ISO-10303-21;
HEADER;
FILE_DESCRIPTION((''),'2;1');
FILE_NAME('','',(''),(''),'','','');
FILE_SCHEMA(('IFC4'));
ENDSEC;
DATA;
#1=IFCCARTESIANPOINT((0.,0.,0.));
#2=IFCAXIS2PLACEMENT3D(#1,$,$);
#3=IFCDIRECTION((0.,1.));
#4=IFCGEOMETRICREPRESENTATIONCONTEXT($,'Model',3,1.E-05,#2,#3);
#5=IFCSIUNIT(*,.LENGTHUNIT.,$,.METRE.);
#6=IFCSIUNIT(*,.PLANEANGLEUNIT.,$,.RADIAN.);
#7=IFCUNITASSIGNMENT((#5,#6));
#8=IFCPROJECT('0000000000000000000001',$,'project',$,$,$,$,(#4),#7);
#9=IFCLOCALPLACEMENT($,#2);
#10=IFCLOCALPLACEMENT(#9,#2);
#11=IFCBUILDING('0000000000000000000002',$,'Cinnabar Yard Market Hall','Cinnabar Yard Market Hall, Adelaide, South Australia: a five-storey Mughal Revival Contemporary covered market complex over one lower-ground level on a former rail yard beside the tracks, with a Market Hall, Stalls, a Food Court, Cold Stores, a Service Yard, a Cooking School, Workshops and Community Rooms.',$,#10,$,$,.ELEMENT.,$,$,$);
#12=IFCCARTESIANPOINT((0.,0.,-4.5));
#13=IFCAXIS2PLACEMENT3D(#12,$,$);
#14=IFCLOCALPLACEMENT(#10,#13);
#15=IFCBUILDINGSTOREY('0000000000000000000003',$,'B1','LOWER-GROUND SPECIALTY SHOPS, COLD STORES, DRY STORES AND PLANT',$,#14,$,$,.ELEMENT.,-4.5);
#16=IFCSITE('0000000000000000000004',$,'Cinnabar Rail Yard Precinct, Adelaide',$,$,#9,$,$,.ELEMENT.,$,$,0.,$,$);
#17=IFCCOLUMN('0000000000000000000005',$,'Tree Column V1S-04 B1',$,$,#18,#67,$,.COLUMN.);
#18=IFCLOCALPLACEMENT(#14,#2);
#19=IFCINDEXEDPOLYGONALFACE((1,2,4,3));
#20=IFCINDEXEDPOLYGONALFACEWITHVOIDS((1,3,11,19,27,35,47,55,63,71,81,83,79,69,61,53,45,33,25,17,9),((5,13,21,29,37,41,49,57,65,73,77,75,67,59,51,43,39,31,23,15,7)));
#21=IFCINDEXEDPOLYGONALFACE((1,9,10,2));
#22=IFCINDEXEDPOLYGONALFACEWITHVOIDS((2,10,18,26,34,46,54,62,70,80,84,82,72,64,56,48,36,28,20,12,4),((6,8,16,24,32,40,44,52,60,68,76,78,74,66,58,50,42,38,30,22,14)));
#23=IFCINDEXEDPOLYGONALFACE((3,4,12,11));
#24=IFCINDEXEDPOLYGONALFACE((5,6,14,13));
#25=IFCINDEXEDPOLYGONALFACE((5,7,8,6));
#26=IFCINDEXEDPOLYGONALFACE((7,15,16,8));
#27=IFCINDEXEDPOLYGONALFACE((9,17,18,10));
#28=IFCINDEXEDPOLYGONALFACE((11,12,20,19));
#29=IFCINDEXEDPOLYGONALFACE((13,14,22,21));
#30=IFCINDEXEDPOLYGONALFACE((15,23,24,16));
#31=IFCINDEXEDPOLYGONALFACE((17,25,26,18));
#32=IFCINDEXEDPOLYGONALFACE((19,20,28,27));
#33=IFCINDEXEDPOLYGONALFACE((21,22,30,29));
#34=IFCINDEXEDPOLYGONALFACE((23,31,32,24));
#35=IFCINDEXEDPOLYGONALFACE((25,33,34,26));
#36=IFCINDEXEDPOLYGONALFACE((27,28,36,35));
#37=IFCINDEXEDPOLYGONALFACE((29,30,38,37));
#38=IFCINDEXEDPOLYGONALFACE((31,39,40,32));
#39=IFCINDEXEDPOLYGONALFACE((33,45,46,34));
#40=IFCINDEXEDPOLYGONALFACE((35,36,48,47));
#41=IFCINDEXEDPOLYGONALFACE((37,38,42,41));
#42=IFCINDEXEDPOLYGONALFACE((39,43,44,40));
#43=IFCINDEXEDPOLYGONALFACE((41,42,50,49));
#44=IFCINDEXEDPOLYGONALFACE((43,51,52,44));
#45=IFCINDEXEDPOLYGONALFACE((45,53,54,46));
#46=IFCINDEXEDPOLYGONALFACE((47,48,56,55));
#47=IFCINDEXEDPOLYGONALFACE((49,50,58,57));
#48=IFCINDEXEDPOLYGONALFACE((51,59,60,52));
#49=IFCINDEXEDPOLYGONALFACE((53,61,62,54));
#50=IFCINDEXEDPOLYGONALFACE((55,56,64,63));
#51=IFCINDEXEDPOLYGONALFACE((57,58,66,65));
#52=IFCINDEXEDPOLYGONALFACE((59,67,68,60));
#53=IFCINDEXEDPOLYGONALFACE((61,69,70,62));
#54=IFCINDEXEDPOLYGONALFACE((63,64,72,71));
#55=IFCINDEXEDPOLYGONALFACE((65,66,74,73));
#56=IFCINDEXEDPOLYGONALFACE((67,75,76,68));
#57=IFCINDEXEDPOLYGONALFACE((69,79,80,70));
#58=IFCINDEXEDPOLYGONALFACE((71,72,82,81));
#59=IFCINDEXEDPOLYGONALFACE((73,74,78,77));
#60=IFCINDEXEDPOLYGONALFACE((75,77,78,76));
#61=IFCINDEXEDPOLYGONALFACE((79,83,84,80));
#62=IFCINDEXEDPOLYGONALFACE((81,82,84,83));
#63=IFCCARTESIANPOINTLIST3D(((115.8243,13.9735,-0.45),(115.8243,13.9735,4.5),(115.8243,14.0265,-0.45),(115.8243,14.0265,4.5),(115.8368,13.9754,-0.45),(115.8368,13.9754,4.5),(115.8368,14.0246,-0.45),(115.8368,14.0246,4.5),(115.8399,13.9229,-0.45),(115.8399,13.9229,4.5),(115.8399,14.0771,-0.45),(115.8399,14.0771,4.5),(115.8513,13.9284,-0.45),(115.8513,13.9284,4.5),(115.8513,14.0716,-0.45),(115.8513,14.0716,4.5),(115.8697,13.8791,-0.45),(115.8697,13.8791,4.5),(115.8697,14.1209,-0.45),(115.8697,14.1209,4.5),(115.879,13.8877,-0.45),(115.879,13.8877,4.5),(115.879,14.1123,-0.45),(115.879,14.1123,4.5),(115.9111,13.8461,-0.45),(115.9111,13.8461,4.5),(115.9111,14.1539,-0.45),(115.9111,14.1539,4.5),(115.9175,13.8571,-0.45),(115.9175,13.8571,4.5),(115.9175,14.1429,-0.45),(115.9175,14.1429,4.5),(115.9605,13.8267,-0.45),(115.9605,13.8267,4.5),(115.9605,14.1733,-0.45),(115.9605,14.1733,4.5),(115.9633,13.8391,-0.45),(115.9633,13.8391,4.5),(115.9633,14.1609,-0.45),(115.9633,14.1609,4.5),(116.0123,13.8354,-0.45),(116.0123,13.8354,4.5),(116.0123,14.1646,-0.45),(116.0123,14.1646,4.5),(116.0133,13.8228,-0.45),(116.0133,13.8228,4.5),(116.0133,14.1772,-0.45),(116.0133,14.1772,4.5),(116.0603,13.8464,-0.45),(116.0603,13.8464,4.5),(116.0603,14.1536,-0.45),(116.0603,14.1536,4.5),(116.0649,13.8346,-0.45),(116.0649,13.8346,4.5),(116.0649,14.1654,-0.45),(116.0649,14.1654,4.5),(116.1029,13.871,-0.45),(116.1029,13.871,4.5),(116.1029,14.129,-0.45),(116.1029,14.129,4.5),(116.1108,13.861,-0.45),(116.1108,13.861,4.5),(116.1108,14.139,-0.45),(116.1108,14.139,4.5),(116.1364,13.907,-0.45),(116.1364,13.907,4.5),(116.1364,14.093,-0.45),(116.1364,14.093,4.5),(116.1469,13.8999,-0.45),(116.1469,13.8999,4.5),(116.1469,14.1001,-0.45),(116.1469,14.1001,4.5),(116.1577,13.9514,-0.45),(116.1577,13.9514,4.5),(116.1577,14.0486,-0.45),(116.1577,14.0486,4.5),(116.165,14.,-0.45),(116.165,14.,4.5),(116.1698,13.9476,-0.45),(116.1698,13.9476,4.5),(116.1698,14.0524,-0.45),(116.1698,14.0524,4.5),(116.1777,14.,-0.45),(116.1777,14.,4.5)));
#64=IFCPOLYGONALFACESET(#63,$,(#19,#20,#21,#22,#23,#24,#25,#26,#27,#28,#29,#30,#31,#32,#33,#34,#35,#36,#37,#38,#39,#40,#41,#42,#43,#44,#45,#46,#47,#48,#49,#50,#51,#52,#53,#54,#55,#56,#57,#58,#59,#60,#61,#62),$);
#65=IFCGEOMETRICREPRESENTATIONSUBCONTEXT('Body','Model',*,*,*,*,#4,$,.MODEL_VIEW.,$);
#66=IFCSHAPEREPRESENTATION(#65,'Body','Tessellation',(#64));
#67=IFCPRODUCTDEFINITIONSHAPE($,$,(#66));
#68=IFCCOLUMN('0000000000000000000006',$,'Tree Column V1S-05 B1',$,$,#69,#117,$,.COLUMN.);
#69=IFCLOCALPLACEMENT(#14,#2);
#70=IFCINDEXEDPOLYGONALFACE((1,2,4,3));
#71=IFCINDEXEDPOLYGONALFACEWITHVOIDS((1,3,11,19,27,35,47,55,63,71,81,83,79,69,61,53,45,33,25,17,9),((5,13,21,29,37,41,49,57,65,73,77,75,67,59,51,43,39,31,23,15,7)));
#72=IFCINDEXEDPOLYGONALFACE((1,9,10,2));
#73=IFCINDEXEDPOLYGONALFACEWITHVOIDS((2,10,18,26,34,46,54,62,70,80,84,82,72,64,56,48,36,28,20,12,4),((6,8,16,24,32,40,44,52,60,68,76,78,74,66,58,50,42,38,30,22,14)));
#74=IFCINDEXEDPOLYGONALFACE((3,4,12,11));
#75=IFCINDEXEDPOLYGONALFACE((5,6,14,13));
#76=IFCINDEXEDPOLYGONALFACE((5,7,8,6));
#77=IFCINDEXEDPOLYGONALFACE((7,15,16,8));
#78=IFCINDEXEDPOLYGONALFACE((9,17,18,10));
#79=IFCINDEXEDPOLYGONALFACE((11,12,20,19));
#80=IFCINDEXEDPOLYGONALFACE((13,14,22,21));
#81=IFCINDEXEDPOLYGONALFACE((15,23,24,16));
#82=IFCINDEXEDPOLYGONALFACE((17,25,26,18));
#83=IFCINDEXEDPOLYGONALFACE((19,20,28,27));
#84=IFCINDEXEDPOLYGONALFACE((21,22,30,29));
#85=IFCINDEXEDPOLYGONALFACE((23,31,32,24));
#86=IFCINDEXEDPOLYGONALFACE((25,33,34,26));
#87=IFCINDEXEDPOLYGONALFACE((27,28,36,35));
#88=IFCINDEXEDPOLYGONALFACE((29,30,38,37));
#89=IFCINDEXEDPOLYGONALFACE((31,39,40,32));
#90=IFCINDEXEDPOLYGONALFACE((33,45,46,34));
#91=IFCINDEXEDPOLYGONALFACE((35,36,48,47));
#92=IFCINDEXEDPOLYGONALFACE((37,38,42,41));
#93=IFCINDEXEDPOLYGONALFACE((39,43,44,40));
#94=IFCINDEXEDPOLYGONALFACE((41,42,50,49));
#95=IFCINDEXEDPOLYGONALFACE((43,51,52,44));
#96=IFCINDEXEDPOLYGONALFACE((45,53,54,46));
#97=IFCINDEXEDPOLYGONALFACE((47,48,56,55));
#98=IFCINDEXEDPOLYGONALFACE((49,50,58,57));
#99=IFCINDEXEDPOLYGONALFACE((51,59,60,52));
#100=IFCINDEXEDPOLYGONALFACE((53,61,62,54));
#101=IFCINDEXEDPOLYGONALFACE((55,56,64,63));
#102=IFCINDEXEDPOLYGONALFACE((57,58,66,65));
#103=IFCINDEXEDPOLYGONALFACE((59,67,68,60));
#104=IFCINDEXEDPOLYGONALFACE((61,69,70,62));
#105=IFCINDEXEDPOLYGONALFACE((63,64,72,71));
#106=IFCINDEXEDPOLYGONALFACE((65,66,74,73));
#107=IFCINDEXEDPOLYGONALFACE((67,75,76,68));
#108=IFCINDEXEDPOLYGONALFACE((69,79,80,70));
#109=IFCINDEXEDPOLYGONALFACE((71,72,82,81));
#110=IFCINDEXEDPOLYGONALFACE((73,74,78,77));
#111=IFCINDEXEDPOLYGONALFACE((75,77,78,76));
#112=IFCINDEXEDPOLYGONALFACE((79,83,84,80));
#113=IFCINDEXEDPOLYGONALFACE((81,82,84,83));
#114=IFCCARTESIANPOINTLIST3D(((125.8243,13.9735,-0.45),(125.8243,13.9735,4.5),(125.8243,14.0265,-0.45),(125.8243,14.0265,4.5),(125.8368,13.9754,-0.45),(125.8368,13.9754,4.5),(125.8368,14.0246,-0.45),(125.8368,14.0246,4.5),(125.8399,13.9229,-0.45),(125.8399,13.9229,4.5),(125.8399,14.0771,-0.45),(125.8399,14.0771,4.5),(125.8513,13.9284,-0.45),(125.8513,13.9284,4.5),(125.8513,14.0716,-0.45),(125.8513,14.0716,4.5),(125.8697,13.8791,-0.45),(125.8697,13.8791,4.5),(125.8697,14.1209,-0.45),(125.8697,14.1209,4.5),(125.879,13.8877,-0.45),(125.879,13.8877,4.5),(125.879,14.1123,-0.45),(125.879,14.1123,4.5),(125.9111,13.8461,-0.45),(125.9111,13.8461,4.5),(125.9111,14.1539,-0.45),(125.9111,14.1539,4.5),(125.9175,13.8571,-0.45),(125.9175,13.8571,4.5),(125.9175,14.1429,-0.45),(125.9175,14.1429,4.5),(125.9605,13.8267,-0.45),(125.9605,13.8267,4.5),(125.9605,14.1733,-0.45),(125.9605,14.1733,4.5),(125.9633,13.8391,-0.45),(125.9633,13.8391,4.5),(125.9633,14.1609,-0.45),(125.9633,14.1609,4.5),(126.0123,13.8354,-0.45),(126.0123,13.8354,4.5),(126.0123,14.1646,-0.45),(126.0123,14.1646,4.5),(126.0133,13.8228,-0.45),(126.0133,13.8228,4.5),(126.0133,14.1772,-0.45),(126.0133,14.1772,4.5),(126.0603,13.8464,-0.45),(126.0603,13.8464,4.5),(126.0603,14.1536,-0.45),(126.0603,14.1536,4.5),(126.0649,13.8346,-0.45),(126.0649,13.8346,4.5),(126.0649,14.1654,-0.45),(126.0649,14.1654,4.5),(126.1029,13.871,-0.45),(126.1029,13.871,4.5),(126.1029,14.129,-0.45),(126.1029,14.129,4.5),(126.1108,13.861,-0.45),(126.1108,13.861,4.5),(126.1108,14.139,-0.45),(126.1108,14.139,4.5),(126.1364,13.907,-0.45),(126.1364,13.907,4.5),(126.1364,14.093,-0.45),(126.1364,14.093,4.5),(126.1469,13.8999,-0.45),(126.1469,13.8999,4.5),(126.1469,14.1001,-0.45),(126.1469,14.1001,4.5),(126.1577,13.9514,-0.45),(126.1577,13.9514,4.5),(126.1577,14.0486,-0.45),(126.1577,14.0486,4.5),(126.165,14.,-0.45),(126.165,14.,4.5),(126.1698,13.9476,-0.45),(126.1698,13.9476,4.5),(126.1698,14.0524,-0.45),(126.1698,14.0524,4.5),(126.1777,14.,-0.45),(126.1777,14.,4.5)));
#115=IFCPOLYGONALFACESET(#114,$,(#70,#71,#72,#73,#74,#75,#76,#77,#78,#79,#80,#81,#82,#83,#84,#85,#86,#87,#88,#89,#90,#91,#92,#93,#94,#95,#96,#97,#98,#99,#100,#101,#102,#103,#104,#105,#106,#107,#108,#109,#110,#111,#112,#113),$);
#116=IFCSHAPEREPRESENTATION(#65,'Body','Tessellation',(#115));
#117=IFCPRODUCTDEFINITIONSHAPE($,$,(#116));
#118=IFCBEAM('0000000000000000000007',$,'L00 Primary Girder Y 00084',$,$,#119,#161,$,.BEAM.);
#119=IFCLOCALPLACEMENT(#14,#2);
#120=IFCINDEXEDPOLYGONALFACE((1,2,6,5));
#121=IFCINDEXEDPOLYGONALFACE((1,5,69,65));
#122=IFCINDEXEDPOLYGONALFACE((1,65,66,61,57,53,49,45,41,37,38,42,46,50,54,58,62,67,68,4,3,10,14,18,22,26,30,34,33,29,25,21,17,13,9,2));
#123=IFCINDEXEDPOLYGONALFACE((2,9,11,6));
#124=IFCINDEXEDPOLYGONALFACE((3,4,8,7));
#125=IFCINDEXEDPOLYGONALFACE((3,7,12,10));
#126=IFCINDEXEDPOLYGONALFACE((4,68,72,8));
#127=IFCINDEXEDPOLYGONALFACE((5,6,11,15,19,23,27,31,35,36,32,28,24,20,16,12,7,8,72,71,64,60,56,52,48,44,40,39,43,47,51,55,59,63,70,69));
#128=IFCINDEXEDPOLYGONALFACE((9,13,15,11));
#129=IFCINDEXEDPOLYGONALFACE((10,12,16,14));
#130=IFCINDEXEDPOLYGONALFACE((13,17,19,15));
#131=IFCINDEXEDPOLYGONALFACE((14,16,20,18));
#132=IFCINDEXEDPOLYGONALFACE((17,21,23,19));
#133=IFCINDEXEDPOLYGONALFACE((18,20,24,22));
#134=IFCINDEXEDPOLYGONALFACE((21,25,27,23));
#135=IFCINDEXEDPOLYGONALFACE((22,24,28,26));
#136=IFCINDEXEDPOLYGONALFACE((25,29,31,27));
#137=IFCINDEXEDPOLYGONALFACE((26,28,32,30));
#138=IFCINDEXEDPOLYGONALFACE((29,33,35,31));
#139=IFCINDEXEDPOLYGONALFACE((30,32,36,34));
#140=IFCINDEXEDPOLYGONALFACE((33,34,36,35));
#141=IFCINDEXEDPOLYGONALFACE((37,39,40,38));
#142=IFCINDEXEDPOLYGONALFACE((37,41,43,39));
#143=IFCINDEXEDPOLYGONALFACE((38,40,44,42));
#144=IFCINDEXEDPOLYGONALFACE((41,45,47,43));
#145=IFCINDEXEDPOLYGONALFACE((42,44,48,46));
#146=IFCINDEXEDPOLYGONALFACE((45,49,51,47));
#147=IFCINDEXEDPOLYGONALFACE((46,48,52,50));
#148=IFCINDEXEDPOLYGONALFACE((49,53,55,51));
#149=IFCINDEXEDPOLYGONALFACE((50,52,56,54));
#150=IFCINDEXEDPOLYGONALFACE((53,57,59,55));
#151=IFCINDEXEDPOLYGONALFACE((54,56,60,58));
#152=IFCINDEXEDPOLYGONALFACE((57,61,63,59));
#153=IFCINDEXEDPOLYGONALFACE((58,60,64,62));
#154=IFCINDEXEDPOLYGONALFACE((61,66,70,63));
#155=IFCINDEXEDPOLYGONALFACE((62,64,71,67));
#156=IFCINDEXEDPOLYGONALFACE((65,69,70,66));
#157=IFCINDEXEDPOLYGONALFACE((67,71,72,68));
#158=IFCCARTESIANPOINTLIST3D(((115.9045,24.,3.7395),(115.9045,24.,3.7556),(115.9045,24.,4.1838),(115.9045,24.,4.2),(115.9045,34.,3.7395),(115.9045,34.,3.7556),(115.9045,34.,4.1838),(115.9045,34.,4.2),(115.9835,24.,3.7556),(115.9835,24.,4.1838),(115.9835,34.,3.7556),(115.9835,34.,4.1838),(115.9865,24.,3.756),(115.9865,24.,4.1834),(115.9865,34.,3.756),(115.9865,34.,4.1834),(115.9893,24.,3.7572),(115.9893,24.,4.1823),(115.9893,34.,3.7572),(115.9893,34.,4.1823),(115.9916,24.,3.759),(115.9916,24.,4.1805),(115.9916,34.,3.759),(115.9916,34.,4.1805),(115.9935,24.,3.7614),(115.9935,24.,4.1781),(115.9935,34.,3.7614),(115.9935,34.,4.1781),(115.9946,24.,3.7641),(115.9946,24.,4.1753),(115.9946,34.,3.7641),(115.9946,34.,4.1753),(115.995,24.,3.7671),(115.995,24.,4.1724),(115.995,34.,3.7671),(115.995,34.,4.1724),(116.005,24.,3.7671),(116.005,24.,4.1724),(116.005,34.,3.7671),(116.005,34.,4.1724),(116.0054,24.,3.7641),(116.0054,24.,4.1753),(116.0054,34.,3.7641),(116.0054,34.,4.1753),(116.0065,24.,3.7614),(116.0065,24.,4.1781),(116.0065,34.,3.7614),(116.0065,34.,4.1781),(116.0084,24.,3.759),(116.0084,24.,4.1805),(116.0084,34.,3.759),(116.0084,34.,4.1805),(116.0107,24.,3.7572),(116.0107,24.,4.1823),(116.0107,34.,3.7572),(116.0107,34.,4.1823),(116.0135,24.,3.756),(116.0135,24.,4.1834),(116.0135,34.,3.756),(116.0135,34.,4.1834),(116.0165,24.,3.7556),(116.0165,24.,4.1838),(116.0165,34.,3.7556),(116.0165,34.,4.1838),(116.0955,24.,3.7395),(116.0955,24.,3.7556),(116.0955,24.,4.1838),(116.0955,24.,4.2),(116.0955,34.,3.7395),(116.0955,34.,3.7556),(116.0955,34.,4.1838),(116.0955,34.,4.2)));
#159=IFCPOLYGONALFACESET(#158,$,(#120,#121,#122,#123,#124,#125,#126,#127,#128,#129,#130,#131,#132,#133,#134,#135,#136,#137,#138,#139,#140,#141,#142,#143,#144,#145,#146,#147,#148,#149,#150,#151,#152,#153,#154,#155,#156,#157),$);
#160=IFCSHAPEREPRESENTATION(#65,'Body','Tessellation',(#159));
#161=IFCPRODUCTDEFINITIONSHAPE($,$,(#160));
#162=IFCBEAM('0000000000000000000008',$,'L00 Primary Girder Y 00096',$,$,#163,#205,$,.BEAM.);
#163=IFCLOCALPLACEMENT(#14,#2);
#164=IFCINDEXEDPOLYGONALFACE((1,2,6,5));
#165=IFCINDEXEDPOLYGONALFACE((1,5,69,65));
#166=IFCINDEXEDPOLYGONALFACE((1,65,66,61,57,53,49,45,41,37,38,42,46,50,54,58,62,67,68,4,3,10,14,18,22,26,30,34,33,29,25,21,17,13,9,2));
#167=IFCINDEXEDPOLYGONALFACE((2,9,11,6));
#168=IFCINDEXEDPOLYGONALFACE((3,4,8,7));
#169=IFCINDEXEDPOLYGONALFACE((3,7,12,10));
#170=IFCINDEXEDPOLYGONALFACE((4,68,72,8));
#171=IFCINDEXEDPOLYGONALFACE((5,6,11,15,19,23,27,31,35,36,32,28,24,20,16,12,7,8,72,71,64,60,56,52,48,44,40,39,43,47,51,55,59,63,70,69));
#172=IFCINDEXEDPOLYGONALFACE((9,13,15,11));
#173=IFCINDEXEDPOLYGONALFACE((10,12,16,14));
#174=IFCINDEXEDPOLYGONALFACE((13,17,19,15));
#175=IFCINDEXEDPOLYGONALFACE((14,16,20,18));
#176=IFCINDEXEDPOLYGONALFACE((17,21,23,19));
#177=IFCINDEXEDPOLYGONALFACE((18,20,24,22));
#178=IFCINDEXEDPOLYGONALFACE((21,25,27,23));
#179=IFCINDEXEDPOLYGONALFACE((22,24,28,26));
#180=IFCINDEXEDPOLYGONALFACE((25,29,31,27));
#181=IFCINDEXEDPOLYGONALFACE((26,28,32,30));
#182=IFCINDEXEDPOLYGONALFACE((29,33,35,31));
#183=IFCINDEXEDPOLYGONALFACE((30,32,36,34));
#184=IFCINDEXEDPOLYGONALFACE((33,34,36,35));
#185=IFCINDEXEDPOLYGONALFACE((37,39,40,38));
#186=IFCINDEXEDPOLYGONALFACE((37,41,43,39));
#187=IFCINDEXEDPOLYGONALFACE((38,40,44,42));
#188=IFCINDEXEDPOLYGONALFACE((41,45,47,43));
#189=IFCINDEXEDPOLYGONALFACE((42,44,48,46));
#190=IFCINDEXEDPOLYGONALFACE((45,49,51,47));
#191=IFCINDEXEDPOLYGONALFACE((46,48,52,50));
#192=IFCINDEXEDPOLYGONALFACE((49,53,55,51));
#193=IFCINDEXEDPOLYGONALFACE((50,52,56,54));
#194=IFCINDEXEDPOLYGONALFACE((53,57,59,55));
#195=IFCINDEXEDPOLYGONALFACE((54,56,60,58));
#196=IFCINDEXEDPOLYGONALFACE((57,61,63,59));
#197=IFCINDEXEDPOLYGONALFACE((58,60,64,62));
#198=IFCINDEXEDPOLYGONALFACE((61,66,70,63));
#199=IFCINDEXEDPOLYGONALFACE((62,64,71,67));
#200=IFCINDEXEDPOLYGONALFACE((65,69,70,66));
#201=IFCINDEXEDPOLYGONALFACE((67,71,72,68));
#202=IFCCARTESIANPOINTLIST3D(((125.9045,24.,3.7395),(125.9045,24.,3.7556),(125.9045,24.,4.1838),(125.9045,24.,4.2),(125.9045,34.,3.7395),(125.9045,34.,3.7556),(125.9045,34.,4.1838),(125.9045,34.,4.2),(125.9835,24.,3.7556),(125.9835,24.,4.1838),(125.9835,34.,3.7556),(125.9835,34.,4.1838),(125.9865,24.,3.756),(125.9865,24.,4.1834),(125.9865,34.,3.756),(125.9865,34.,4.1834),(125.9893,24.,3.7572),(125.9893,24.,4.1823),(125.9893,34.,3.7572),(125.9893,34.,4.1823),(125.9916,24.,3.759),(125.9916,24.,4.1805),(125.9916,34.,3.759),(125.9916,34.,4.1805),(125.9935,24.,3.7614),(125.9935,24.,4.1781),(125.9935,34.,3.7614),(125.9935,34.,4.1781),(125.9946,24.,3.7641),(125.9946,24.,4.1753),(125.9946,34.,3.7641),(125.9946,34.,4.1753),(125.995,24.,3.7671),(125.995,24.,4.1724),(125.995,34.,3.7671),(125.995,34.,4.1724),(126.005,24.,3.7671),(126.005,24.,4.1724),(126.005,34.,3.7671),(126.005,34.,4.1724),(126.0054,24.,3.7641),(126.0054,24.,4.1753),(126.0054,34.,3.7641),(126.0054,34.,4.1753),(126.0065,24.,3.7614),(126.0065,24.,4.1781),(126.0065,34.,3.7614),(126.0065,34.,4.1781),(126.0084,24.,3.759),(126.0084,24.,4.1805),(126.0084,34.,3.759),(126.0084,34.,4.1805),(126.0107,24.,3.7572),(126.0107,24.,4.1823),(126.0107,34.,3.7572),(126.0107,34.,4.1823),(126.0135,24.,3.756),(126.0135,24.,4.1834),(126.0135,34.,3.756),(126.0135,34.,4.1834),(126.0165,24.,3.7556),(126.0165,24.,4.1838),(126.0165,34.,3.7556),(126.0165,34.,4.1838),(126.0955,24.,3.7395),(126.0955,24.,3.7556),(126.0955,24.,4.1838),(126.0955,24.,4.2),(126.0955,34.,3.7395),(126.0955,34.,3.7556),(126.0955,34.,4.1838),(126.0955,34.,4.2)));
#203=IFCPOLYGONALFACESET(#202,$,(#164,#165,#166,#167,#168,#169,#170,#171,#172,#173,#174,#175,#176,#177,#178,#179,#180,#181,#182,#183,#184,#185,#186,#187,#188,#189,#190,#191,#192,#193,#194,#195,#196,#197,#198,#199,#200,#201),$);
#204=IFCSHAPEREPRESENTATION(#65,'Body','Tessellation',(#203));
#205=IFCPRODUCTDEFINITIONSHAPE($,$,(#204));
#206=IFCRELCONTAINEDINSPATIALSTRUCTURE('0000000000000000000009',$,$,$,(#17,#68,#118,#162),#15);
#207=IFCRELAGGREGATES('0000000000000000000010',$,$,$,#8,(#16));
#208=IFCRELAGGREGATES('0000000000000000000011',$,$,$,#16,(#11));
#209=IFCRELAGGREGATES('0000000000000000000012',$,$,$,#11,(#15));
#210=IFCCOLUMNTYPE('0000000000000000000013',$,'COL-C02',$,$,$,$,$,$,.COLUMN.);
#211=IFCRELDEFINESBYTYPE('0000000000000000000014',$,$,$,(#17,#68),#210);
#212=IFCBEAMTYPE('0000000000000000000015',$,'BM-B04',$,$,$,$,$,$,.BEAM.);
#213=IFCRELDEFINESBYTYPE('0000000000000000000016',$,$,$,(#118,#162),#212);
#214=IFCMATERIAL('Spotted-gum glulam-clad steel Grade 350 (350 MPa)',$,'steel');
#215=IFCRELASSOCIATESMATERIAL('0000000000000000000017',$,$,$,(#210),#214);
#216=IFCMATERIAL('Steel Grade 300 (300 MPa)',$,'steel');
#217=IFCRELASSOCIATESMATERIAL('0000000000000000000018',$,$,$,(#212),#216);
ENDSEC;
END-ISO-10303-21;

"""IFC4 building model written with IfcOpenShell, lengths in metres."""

from ifc_helpers import new_model, si_unit, direction, frame, origin, origin_2d_with_axis, place, context, subcontext, project, spatial, hollow_circle, i_section, extrude, material, material_profile, profile_set, type_object, element, save


model = new_model("IFC4")

# Units and contexts
model_context = context("Model", 3, precision=1e-05, world=origin(), true_north=direction((0.0, 1.0)))
body_context = subcontext(model_context, "Body", "Model", "MODEL_VIEW")
ifc_project = project(units=[si_unit("LENGTHUNIT", "METRE"), si_unit("PLANEANGLEUNIT", "RADIAN")], contexts=[model_context])

# Site, building, storey
site_placement = place(None, origin())
site = spatial("IfcSite", under=ifc_project, at=site_placement, Name="Cinnabar Rail Yard Precinct, Adelaide", CompositionType="ELEMENT", RefElevation=0.0)
building_placement = place(site_placement, origin())
building = spatial("IfcBuilding", under=site, at=building_placement, Name="Cinnabar Yard Market Hall", Description="Cinnabar Yard Market Hall, Adelaide, South Australia: a five-storey Mughal Revival Contemporary covered market complex over one lower-ground level on a former rail yard beside the tracks, with a Market Hall, Stalls, a Food Court, Cold Stores, a Service Yard, a Cooking School, Workshops and Community Rooms.", CompositionType="ELEMENT")
storey_placement = place(building_placement, frame((0.0, 0.0, -4.5)))
storey = spatial("IfcBuildingStorey", under=building, at=storey_placement, Name="B1", Description="LOWER-GROUND SPECIALTY SHOPS, COLD STORES, DRY STORES AND PLANT", CompositionType="ELEMENT", Elevation=-4.5)

# Columns
ifc_material_1 = material(Name="Spotted-gum glulam-clad steel Grade 350 (350 MPa)", Category="steel")
ifc_material_profile_1 = material_profile(ifc_material_1, hollow_circle(Radius=0.1777, WallThickness=0.0127, at=origin_2d_with_axis()), Name="355.6x12.7CHS")
ifc_profile_set_1 = profile_set([ifc_material_profile_1], Name="Spotted-gum glulam-clad steel Grade 350 (350 MPa)")
column_type_1 = type_object("IfcColumnType", Name="COL-C02", PredefinedType="COLUMN", material=ifc_profile_set_1)
for number, where, z_axis, x_axis, name in (
    (1, (116.0, 14.0, -0.45), (0.0, 0.0, 1.0), (1.0, 0.0, 0.0), "Tree Column V1S-04 B1"),
    (2, (126.0, 14.0, -0.45), (0.0, 0.0, 1.0), (1.0, 0.0, 0.0), "Tree Column V1S-05 B1"),
):
    element("IfcColumn", number, at=place(storey_placement, frame(where, z_axis=z_axis, x_axis=x_axis)), inside=storey, type_object=column_type_1, Name=name, PredefinedType="COLUMN", context=body_context, shape_type="SweptSolid", body=[
        extrude(hollow_circle(Radius=0.1777, WallThickness=0.0127, at=origin_2d_with_axis()), origin(), (0.0, 0.0, 1.0), 4.95),
    ])

# Beams
ifc_material_2 = material(Name="Steel Grade 300 (300 MPa)", Category="steel")
ifc_material_profile_2 = material_profile(ifc_material_2, i_section(OverallWidth=0.1909, OverallDepth=0.4604, WebThickness=0.01, FlangeThickness=0.0161, FilletRadius=0.0115, at=origin_2d_with_axis()), Name="460UB82.1")
ifc_profile_set_2 = profile_set([ifc_material_profile_2], Name="Steel Grade 300 (300 MPa)")
beam_type_1 = type_object("IfcBeamType", Name="BM-B04", PredefinedType="BEAM", material=ifc_profile_set_2)
for number, where, z_axis, x_axis, name in (
    (3, (116.0, 24.0, 3.9697), (0.0, 1.0, 0.0), (-1.0, 0.0, 0.0), "L00 Primary Girder Y 00084"),
    (4, (126.0, 24.0, 3.9697), (0.0, 1.0, 0.0), (-1.0, 0.0, 0.0), "L00 Primary Girder Y 00096"),
):
    element("IfcBeam", number, at=place(storey_placement, frame(where, z_axis=z_axis, x_axis=x_axis)), inside=storey, type_object=beam_type_1, Name=name, PredefinedType="BEAM", context=body_context, shape_type="SweptSolid", body=[
        extrude(i_section(OverallWidth=0.1909, OverallDepth=0.4604, WebThickness=0.01, FlangeThickness=0.0161, FilletRadius=0.0115, at=origin_2d_with_axis()), origin(), (0.0, 0.0, 1.0), 10.0),
    ])

save(model, "model.ifc")
